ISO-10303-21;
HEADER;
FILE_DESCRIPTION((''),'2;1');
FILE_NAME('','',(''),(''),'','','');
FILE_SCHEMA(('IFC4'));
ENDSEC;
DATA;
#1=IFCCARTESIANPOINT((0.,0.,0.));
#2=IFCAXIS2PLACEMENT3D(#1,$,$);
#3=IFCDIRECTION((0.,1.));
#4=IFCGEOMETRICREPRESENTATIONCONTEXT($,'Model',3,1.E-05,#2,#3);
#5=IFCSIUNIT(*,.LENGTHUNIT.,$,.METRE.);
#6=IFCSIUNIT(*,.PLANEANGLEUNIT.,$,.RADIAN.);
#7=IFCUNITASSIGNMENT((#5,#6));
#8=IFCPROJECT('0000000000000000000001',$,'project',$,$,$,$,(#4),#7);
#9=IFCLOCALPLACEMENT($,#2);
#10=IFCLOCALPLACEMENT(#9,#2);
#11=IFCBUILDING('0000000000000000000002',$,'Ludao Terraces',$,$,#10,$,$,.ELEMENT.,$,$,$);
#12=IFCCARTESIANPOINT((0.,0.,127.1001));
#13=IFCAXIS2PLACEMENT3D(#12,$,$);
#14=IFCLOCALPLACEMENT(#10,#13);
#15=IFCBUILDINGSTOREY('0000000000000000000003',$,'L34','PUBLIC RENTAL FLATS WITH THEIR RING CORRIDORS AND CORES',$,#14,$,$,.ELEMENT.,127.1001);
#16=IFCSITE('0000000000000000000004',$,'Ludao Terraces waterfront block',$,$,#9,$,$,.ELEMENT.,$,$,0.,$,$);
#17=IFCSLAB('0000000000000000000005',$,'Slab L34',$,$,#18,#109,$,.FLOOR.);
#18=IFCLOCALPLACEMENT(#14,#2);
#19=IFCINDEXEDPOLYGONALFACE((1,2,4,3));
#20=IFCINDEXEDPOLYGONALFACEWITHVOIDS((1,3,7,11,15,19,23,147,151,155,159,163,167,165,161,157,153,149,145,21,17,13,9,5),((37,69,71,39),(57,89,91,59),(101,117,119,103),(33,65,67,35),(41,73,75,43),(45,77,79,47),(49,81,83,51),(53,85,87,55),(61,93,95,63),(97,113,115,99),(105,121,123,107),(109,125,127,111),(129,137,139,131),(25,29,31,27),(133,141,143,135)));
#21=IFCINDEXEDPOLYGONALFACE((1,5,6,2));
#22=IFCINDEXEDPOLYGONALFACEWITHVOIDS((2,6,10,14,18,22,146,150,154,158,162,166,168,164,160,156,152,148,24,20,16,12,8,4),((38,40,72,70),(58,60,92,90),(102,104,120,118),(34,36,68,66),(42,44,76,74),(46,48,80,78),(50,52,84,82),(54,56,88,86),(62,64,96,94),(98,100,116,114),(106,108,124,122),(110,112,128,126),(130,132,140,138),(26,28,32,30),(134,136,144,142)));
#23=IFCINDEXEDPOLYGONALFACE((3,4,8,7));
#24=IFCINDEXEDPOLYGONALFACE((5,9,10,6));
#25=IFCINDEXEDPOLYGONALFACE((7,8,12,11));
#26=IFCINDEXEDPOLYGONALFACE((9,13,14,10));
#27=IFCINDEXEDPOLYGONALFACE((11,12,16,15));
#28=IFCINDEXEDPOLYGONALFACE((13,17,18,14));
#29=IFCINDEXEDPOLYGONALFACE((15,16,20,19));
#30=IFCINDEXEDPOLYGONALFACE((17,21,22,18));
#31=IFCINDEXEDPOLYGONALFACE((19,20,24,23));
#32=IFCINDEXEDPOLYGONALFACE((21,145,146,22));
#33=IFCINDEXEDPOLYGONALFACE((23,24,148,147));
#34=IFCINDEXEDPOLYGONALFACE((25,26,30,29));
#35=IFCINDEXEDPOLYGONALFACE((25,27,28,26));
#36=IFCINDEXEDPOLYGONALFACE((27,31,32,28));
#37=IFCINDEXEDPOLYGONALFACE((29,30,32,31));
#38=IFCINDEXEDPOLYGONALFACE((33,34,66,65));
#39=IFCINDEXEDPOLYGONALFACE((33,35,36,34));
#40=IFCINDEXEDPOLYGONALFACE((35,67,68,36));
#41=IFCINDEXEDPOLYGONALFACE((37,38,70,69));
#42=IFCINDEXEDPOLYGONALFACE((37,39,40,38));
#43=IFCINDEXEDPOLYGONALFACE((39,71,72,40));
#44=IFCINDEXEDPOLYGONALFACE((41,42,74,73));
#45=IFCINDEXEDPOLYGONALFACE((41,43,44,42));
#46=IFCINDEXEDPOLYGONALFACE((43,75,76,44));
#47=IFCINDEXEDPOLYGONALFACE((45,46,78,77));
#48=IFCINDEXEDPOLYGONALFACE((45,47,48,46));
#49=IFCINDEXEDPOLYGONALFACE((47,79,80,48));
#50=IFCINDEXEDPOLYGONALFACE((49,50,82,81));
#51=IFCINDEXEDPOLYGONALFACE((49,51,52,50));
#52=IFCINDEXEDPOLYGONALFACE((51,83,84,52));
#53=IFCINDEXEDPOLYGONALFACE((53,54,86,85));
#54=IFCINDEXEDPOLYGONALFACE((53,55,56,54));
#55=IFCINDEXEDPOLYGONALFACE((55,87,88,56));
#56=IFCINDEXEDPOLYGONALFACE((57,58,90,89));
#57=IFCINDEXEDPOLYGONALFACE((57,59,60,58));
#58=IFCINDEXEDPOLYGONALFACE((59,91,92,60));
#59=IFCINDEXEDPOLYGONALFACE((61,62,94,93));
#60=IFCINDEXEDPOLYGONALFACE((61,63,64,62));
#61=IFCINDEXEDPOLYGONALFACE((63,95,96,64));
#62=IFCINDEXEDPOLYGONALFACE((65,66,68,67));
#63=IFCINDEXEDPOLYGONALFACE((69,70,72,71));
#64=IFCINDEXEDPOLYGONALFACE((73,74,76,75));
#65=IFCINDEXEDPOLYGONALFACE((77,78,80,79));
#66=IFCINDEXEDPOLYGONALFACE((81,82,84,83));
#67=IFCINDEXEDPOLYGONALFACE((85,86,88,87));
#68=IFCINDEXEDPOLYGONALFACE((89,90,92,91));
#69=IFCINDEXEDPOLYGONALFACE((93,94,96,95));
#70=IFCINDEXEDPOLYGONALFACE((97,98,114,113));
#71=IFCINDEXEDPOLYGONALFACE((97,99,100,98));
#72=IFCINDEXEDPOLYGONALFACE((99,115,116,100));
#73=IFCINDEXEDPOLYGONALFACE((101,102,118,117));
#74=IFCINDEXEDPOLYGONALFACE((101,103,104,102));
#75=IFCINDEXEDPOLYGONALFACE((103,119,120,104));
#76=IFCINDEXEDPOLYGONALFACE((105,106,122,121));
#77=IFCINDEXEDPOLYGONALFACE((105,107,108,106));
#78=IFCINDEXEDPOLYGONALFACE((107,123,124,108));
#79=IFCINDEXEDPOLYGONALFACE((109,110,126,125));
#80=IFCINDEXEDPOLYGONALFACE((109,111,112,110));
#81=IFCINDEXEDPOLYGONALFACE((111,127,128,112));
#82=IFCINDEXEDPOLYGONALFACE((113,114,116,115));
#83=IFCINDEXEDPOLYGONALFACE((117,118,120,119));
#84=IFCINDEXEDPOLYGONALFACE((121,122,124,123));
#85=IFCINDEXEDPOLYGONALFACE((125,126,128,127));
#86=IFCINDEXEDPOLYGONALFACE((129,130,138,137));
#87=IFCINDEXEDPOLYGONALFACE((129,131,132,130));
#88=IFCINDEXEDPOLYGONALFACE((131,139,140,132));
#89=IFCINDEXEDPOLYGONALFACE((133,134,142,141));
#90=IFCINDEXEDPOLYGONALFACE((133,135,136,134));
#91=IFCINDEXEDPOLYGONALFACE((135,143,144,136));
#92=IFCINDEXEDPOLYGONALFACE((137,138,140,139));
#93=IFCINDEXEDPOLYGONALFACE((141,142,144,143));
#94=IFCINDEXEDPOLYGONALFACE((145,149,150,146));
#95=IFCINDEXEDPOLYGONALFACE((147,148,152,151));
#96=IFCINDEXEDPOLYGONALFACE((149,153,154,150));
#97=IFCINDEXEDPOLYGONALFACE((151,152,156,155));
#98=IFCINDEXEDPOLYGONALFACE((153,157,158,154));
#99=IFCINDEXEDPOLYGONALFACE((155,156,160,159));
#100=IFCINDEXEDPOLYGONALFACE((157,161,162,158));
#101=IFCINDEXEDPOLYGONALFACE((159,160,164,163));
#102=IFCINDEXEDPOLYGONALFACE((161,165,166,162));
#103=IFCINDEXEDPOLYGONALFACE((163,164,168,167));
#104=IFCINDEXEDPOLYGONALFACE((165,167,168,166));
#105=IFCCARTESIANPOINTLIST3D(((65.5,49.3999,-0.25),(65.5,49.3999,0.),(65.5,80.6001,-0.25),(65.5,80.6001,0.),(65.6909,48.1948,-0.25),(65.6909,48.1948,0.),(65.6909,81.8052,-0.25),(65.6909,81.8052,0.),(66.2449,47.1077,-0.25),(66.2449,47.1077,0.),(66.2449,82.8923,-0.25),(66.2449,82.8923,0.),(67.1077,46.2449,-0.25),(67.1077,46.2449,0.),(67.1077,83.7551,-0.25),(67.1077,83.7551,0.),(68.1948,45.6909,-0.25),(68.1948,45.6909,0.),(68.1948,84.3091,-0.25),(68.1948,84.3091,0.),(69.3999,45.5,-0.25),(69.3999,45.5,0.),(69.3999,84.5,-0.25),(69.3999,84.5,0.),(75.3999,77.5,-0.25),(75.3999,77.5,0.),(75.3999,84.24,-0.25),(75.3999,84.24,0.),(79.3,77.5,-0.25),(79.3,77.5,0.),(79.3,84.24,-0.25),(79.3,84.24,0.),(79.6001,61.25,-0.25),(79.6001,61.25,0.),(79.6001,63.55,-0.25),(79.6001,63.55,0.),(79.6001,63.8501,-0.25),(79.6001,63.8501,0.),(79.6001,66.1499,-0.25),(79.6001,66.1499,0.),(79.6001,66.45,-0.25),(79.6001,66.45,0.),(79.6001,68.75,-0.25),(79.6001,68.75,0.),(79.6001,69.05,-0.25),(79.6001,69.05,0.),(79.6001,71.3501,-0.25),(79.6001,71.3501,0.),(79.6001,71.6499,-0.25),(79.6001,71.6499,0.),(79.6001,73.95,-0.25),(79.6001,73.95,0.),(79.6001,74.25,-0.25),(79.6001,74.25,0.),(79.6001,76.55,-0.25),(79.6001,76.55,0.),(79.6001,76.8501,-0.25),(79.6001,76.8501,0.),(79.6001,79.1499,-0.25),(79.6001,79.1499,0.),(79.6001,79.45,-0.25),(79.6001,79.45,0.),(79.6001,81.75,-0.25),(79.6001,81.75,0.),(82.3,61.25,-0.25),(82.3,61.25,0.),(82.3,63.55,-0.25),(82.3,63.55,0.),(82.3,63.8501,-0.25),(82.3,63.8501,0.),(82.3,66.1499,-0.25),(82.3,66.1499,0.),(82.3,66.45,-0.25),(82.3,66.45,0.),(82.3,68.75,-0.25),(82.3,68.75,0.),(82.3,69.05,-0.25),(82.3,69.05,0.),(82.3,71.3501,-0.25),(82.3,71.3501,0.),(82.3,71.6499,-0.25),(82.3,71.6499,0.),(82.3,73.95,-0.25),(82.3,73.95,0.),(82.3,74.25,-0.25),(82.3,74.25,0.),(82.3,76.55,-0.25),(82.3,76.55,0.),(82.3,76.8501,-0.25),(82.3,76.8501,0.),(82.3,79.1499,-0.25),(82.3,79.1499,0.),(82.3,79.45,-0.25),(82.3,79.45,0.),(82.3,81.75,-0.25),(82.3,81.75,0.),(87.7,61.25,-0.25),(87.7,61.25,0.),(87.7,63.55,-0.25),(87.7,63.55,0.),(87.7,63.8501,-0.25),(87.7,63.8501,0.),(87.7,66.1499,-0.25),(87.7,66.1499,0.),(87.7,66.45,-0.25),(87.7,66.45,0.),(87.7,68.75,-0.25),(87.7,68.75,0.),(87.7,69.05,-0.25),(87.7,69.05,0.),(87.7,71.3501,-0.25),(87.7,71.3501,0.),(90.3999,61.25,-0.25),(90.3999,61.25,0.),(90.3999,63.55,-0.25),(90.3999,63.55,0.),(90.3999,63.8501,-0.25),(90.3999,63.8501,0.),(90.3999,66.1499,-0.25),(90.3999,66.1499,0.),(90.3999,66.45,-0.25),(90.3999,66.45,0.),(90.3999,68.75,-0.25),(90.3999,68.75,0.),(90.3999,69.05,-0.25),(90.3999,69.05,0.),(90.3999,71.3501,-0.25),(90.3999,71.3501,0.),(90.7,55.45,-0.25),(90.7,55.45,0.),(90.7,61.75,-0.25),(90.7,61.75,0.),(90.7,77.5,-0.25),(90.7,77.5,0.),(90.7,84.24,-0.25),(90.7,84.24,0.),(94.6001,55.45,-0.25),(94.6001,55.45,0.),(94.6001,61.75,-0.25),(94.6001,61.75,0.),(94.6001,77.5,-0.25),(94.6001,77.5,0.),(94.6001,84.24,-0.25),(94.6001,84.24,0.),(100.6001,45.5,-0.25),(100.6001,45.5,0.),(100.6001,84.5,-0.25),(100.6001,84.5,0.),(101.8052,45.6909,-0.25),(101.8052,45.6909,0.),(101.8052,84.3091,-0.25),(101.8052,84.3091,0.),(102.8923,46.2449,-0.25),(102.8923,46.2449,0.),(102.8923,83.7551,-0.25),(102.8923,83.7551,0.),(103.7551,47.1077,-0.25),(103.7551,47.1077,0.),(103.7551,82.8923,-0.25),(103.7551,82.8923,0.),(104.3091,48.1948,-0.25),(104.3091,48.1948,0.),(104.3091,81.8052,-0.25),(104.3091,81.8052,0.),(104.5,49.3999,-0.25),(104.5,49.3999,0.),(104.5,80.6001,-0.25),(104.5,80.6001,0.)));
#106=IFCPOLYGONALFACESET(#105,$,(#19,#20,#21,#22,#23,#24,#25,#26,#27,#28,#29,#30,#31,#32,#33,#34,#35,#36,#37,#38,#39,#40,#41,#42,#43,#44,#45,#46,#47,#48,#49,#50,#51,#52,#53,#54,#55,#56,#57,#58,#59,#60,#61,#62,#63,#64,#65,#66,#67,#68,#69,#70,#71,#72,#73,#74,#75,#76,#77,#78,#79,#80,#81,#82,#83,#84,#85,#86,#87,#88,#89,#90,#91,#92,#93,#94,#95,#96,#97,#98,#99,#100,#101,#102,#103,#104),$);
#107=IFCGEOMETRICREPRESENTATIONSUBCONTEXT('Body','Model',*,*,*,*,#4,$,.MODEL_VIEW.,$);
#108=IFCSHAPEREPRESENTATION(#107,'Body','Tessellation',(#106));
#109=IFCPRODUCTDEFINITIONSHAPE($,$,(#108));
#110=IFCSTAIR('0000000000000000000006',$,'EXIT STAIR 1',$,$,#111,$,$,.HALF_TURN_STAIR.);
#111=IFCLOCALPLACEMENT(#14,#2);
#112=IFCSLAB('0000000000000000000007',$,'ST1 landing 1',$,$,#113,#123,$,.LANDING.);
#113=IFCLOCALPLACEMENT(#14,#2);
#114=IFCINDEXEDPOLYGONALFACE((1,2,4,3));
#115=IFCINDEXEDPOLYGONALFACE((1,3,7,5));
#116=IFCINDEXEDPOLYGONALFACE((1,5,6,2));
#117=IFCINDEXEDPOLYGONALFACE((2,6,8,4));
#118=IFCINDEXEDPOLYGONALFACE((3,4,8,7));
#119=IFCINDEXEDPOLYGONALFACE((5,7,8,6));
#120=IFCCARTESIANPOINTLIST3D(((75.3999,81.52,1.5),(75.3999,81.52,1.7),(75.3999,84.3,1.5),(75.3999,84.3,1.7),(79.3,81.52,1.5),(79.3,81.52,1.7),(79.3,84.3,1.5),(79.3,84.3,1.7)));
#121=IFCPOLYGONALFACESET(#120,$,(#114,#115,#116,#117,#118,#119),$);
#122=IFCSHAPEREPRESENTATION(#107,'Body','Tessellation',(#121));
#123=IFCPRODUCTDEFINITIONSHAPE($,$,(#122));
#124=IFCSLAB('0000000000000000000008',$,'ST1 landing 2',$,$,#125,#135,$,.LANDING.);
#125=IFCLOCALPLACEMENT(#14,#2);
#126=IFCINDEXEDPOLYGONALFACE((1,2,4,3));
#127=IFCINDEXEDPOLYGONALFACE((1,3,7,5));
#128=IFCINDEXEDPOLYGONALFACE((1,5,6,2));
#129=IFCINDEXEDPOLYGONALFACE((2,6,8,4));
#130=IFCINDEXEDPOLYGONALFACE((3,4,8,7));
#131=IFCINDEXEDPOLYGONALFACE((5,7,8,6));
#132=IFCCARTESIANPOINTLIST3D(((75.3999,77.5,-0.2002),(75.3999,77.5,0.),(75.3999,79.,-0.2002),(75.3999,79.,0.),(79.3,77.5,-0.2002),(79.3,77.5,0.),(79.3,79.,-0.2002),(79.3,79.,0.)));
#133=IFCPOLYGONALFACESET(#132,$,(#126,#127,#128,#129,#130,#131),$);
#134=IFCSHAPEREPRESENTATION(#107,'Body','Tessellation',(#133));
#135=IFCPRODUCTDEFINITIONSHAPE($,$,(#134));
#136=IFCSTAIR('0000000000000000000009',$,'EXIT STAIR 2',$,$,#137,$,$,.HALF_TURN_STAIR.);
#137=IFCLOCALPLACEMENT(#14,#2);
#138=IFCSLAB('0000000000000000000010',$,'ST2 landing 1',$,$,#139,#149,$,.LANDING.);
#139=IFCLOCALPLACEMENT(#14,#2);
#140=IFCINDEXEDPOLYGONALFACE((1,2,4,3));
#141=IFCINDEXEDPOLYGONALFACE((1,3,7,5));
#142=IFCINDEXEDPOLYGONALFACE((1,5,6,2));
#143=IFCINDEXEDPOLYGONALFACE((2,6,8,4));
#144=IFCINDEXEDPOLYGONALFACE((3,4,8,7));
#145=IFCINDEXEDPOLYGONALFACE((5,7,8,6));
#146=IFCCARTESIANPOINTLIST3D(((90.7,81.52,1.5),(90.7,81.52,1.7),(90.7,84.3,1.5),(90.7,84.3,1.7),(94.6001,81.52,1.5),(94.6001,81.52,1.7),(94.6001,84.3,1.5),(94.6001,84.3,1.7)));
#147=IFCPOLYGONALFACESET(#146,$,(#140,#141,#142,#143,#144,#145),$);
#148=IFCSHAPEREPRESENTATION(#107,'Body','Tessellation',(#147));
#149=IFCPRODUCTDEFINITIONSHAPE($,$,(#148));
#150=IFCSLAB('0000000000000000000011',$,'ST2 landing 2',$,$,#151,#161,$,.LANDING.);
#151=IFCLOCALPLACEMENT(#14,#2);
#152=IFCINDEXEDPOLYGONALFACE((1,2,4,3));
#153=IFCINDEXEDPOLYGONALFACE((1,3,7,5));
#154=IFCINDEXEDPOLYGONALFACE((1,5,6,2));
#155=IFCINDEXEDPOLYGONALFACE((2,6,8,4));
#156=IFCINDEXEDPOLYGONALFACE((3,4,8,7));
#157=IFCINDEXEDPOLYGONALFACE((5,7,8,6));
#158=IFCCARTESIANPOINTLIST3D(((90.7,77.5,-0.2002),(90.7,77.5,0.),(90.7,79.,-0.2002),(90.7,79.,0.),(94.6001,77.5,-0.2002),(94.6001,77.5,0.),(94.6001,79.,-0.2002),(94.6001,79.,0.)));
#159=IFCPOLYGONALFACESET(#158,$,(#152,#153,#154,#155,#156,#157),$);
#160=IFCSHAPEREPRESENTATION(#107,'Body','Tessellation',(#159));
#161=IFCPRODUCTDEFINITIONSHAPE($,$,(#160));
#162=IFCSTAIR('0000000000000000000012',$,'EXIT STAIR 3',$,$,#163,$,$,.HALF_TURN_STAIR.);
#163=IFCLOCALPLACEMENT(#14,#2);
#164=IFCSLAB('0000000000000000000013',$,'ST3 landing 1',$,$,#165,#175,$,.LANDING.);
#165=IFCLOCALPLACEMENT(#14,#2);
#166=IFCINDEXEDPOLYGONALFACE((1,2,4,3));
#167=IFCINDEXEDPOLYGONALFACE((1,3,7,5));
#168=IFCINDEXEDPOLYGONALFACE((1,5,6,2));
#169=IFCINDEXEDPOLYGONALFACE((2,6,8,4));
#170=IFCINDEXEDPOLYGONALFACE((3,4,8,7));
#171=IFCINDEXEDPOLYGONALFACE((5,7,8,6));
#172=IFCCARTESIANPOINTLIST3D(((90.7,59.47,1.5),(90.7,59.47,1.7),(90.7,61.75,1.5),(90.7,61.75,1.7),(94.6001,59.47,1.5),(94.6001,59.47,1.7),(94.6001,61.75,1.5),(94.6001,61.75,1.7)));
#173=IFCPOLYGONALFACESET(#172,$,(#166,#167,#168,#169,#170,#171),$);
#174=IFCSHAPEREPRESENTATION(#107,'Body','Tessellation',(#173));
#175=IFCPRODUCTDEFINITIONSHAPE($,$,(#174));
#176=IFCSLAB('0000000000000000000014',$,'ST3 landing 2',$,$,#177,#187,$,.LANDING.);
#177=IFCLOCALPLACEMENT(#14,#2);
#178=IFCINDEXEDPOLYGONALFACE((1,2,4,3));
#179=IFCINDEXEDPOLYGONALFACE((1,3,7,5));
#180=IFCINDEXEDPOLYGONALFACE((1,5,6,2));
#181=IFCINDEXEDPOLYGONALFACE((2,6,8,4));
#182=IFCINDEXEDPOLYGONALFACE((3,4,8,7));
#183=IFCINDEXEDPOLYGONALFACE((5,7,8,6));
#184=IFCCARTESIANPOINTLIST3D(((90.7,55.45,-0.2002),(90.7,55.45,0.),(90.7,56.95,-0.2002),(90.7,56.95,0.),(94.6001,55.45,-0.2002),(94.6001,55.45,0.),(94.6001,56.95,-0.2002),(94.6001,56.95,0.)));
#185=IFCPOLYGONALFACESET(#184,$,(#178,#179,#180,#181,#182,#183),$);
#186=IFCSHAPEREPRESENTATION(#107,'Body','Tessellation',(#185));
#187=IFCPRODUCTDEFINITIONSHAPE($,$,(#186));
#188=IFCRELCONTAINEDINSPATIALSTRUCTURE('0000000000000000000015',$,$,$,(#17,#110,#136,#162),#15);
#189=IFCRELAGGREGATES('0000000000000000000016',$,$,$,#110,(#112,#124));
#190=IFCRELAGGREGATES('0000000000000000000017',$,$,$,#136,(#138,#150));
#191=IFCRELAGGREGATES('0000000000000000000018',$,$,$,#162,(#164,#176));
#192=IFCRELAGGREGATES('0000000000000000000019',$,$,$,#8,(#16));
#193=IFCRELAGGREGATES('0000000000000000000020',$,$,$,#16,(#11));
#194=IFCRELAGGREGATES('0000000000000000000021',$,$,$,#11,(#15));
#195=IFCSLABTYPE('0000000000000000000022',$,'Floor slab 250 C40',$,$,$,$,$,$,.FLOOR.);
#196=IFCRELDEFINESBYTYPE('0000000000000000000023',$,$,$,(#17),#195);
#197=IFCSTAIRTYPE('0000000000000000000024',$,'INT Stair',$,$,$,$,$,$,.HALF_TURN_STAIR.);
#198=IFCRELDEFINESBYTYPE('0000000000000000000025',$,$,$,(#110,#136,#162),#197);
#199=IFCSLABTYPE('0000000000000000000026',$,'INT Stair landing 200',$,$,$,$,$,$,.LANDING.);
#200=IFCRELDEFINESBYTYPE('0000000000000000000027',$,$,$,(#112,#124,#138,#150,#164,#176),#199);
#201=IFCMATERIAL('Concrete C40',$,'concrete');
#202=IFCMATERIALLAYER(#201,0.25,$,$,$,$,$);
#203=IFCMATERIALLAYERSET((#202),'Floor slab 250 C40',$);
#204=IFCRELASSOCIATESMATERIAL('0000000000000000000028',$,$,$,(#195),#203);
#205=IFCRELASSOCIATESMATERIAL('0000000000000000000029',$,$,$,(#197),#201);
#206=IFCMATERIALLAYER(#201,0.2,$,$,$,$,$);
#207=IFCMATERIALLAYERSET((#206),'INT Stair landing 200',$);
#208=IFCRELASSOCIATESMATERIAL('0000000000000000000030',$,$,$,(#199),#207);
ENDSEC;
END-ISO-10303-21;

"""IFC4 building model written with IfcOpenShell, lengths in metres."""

from ifc_helpers import new_model, si_unit, direction, frame, origin, place, context, subcontext, project, spatial, polyline, outline, extrude, material, layer, layer_set, type_object, element, aggregate, save


model = new_model("IFC4")

# Units and contexts
model_context = context("Model", 3, precision=1e-05, world=origin(), true_north=direction((0.0, 1.0)))
body_context = subcontext(model_context, "Body", "Model", "MODEL_VIEW")
ifc_project = project(units=[si_unit("LENGTHUNIT", "METRE"), si_unit("PLANEANGLEUNIT", "RADIAN")], contexts=[model_context])

# Site, building, storey
site_placement = place(None, origin())
site = spatial("IfcSite", under=ifc_project, at=site_placement, Name="Ludao Terraces waterfront block", CompositionType="ELEMENT", RefElevation=0.0)
building_placement = place(site_placement, origin())
building = spatial("IfcBuilding", under=site, at=building_placement, Name="Ludao Terraces", CompositionType="ELEMENT")
storey_placement = place(building_placement, frame((0.0, 0.0, 127.1001)))
storey = spatial("IfcBuildingStorey", under=building, at=storey_placement, Name="L34", Description="PUBLIC RENTAL FLATS WITH THEIR RING CORRIDORS AND CORES", CompositionType="ELEMENT", Elevation=127.1001)

# Shared definitions
ifc_material_1 = material(Name="Concrete C40", Category="concrete")

# Slab
ifc_layer_1 = layer(ifc_material_1, 0.25)
ifc_layer_set_1 = layer_set([ifc_layer_1], Name="Floor slab 250 C40")
slab_type_1 = type_object("IfcSlabType", Name="Floor slab 250 C40", PredefinedType="FLOOR", material=ifc_layer_set_1)
slab_1_placement = place(storey_placement, frame((0.0, 0.0, -0.25)))
element("IfcSlab", 1, at=slab_1_placement, inside=storey, type_object=slab_type_1, Name="Slab L34", PredefinedType="FLOOR", context=body_context, shape_type="SweptSolid", body=[
    extrude(outline(polyline([(100.6001, 45.5), (101.8052, 45.6909), (102.8923, 46.2449), (103.7551, 47.1077), (104.3091, 48.1948), (104.5, 49.3999), (104.5, 80.6001), (104.3091, 81.8052), (103.7551, 82.8923), (102.8923, 83.7551), (101.8052, 84.3091), (100.6001, 84.5), (69.3999, 84.5), (68.1948, 84.3091), (67.1077, 83.7551), (66.2449, 82.8923), (65.6909, 81.8052), (65.5, 80.6001), (65.5, 49.3999), (65.6909, 48.1948), (66.2449, 47.1077), (67.1077, 46.2449), (68.1948, 45.6909), (69.3999, 45.5), (100.6001, 45.5)]), holes=[polyline([(79.6001, 61.25), (82.3, 61.25), (82.3, 63.55), (79.6001, 63.55), (79.6001, 61.25)]), polyline([(79.6001, 63.8501), (82.3, 63.8501), (82.3, 66.1499), (79.6001, 66.1499), (79.6001, 63.8501)]), polyline([(79.6001, 66.45), (82.3, 66.45), (82.3, 68.75), (79.6001, 68.75), (79.6001, 66.45)]), polyline([(79.6001, 69.05), (82.3, 69.05), (82.3, 71.3501), (79.6001, 71.3501), (79.6001, 69.05)]), polyline([(79.6001, 71.6499), (82.3, 71.6499), (82.3, 73.95), (79.6001, 73.95), (79.6001, 71.6499)]), polyline([(79.6001, 74.25), (82.3, 74.25), (82.3, 76.55), (79.6001, 76.55), (79.6001, 74.25)]), polyline([(79.6001, 76.8501), (82.3, 76.8501), (82.3, 79.1499), (79.6001, 79.1499), (79.6001, 76.8501)]), polyline([(79.6001, 79.45), (82.3, 79.45), (82.3, 81.75), (79.6001, 81.75), (79.6001, 79.45)]), polyline([(87.7, 61.25), (90.3999, 61.25), (90.3999, 63.55), (87.7, 63.55), (87.7, 61.25)]), polyline([(87.7, 63.8501), (90.3999, 63.8501), (90.3999, 66.1499), (87.7, 66.1499), (87.7, 63.8501)]), polyline([(87.7, 66.45), (90.3999, 66.45), (90.3999, 68.75), (87.7, 68.75), (87.7, 66.45)]), polyline([(87.7, 69.05), (90.3999, 69.05), (90.3999, 71.3501), (87.7, 71.3501), (87.7, 69.05)]), polyline([(75.3999, 77.5), (79.3, 77.5), (79.3, 84.24), (75.3999, 84.24), (75.3999, 77.5)]), polyline([(90.7, 77.5), (94.6001, 77.5), (94.6001, 84.24), (90.7, 84.24), (90.7, 77.5)]), polyline([(90.7, 55.45), (94.6001, 55.45), (94.6001, 61.75), (90.7, 61.75), (90.7, 55.45)])]), origin(), (0.0, 0.0, 1.0), 0.25),
])

# Stairs, slabs
stair_type = type_object("IfcStairType", Name="INT Stair", PredefinedType="HALF_TURN_STAIR", material=ifc_material_1)
stair_1_placement = place(storey_placement, origin())
stair_1 = element("IfcStair", 2, at=stair_1_placement, inside=storey, type_object=stair_type, Name="EXIT STAIR 1", PredefinedType="HALF_TURN_STAIR")
ifc_layer_2 = layer(ifc_material_1, 0.2)
ifc_layer_set_2 = layer_set([ifc_layer_2], Name="INT Stair landing 200")
slab_type_2 = type_object("IfcSlabType", Name="INT Stair landing 200", PredefinedType="LANDING", material=ifc_layer_set_2)
slab_2_placement = place(storey_placement, frame((0.0, 0.0, 1.5)))
slab_2 = element("IfcSlab", 3, at=slab_2_placement, type_object=slab_type_2, Name="ST1 landing 1", PredefinedType="LANDING", context=body_context, shape_type="SweptSolid", body=[
    extrude(outline(polyline([(75.3999, 81.52), (79.3, 81.52), (79.3, 84.3), (75.3999, 84.3), (75.3999, 81.52)])), origin(), (0.0, 0.0, 1.0), 0.2),
])
slab_3_placement = place(storey_placement, frame((0.0, 0.0, -0.2002)))
slab_3 = element("IfcSlab", 4, at=slab_3_placement, type_object=slab_type_2, Name="ST1 landing 2", PredefinedType="LANDING", context=body_context, shape_type="SweptSolid", body=[
    extrude(outline(polyline([(75.3999, 77.5), (79.3, 77.5), (79.3, 79.0), (75.3999, 79.0), (75.3999, 77.5)])), origin(), (0.0, 0.0, 1.0), 0.2002),
])
aggregate(stair_1, [slab_2, slab_3])
stair_2_placement = place(storey_placement, origin())
stair_2 = element("IfcStair", 5, at=stair_2_placement, inside=storey, type_object=stair_type, Name="EXIT STAIR 2", PredefinedType="HALF_TURN_STAIR")
slab_4_placement = place(storey_placement, frame((0.0, 0.0, 1.5)))
slab_4 = element("IfcSlab", 6, at=slab_4_placement, type_object=slab_type_2, Name="ST2 landing 1", PredefinedType="LANDING", context=body_context, shape_type="SweptSolid", body=[
    extrude(outline(polyline([(90.7, 81.52), (94.6001, 81.52), (94.6001, 84.3), (90.7, 84.3), (90.7, 81.52)])), origin(), (0.0, 0.0, 1.0), 0.2),
])
slab_5_placement = place(storey_placement, frame((0.0, 0.0, -0.2002)))
slab_5 = element("IfcSlab", 7, at=slab_5_placement, type_object=slab_type_2, Name="ST2 landing 2", PredefinedType="LANDING", context=body_context, shape_type="SweptSolid", body=[
    extrude(outline(polyline([(90.7, 77.5), (94.6001, 77.5), (94.6001, 79.0), (90.7, 79.0), (90.7, 77.5)])), origin(), (0.0, 0.0, 1.0), 0.2002),
])
aggregate(stair_2, [slab_4, slab_5])
stair_3_placement = place(storey_placement, origin())
stair_3 = element("IfcStair", 8, at=stair_3_placement, inside=storey, type_object=stair_type, Name="EXIT STAIR 3", PredefinedType="HALF_TURN_STAIR")
slab_6_placement = place(storey_placement, frame((0.0, 0.0, 1.5)))
slab_6 = element("IfcSlab", 9, at=slab_6_placement, type_object=slab_type_2, Name="ST3 landing 1", PredefinedType="LANDING", context=body_context, shape_type="SweptSolid", body=[
    extrude(outline(polyline([(90.7, 59.47), (94.6001, 59.47), (94.6001, 61.75), (90.7, 61.75), (90.7, 59.47)])), origin(), (0.0, 0.0, 1.0), 0.2),
])
slab_7_placement = place(storey_placement, frame((0.0, 0.0, -0.2002)))
slab_7 = element("IfcSlab", 10, at=slab_7_placement, type_object=slab_type_2, Name="ST3 landing 2", PredefinedType="LANDING", context=body_context, shape_type="SweptSolid", body=[
    extrude(outline(polyline([(90.7, 55.45), (94.6001, 55.45), (94.6001, 56.95), (90.7, 56.95), (90.7, 55.45)])), origin(), (0.0, 0.0, 1.0), 0.2002),
])
aggregate(stair_3, [slab_6, slab_7])

save(model, "model.ifc")
